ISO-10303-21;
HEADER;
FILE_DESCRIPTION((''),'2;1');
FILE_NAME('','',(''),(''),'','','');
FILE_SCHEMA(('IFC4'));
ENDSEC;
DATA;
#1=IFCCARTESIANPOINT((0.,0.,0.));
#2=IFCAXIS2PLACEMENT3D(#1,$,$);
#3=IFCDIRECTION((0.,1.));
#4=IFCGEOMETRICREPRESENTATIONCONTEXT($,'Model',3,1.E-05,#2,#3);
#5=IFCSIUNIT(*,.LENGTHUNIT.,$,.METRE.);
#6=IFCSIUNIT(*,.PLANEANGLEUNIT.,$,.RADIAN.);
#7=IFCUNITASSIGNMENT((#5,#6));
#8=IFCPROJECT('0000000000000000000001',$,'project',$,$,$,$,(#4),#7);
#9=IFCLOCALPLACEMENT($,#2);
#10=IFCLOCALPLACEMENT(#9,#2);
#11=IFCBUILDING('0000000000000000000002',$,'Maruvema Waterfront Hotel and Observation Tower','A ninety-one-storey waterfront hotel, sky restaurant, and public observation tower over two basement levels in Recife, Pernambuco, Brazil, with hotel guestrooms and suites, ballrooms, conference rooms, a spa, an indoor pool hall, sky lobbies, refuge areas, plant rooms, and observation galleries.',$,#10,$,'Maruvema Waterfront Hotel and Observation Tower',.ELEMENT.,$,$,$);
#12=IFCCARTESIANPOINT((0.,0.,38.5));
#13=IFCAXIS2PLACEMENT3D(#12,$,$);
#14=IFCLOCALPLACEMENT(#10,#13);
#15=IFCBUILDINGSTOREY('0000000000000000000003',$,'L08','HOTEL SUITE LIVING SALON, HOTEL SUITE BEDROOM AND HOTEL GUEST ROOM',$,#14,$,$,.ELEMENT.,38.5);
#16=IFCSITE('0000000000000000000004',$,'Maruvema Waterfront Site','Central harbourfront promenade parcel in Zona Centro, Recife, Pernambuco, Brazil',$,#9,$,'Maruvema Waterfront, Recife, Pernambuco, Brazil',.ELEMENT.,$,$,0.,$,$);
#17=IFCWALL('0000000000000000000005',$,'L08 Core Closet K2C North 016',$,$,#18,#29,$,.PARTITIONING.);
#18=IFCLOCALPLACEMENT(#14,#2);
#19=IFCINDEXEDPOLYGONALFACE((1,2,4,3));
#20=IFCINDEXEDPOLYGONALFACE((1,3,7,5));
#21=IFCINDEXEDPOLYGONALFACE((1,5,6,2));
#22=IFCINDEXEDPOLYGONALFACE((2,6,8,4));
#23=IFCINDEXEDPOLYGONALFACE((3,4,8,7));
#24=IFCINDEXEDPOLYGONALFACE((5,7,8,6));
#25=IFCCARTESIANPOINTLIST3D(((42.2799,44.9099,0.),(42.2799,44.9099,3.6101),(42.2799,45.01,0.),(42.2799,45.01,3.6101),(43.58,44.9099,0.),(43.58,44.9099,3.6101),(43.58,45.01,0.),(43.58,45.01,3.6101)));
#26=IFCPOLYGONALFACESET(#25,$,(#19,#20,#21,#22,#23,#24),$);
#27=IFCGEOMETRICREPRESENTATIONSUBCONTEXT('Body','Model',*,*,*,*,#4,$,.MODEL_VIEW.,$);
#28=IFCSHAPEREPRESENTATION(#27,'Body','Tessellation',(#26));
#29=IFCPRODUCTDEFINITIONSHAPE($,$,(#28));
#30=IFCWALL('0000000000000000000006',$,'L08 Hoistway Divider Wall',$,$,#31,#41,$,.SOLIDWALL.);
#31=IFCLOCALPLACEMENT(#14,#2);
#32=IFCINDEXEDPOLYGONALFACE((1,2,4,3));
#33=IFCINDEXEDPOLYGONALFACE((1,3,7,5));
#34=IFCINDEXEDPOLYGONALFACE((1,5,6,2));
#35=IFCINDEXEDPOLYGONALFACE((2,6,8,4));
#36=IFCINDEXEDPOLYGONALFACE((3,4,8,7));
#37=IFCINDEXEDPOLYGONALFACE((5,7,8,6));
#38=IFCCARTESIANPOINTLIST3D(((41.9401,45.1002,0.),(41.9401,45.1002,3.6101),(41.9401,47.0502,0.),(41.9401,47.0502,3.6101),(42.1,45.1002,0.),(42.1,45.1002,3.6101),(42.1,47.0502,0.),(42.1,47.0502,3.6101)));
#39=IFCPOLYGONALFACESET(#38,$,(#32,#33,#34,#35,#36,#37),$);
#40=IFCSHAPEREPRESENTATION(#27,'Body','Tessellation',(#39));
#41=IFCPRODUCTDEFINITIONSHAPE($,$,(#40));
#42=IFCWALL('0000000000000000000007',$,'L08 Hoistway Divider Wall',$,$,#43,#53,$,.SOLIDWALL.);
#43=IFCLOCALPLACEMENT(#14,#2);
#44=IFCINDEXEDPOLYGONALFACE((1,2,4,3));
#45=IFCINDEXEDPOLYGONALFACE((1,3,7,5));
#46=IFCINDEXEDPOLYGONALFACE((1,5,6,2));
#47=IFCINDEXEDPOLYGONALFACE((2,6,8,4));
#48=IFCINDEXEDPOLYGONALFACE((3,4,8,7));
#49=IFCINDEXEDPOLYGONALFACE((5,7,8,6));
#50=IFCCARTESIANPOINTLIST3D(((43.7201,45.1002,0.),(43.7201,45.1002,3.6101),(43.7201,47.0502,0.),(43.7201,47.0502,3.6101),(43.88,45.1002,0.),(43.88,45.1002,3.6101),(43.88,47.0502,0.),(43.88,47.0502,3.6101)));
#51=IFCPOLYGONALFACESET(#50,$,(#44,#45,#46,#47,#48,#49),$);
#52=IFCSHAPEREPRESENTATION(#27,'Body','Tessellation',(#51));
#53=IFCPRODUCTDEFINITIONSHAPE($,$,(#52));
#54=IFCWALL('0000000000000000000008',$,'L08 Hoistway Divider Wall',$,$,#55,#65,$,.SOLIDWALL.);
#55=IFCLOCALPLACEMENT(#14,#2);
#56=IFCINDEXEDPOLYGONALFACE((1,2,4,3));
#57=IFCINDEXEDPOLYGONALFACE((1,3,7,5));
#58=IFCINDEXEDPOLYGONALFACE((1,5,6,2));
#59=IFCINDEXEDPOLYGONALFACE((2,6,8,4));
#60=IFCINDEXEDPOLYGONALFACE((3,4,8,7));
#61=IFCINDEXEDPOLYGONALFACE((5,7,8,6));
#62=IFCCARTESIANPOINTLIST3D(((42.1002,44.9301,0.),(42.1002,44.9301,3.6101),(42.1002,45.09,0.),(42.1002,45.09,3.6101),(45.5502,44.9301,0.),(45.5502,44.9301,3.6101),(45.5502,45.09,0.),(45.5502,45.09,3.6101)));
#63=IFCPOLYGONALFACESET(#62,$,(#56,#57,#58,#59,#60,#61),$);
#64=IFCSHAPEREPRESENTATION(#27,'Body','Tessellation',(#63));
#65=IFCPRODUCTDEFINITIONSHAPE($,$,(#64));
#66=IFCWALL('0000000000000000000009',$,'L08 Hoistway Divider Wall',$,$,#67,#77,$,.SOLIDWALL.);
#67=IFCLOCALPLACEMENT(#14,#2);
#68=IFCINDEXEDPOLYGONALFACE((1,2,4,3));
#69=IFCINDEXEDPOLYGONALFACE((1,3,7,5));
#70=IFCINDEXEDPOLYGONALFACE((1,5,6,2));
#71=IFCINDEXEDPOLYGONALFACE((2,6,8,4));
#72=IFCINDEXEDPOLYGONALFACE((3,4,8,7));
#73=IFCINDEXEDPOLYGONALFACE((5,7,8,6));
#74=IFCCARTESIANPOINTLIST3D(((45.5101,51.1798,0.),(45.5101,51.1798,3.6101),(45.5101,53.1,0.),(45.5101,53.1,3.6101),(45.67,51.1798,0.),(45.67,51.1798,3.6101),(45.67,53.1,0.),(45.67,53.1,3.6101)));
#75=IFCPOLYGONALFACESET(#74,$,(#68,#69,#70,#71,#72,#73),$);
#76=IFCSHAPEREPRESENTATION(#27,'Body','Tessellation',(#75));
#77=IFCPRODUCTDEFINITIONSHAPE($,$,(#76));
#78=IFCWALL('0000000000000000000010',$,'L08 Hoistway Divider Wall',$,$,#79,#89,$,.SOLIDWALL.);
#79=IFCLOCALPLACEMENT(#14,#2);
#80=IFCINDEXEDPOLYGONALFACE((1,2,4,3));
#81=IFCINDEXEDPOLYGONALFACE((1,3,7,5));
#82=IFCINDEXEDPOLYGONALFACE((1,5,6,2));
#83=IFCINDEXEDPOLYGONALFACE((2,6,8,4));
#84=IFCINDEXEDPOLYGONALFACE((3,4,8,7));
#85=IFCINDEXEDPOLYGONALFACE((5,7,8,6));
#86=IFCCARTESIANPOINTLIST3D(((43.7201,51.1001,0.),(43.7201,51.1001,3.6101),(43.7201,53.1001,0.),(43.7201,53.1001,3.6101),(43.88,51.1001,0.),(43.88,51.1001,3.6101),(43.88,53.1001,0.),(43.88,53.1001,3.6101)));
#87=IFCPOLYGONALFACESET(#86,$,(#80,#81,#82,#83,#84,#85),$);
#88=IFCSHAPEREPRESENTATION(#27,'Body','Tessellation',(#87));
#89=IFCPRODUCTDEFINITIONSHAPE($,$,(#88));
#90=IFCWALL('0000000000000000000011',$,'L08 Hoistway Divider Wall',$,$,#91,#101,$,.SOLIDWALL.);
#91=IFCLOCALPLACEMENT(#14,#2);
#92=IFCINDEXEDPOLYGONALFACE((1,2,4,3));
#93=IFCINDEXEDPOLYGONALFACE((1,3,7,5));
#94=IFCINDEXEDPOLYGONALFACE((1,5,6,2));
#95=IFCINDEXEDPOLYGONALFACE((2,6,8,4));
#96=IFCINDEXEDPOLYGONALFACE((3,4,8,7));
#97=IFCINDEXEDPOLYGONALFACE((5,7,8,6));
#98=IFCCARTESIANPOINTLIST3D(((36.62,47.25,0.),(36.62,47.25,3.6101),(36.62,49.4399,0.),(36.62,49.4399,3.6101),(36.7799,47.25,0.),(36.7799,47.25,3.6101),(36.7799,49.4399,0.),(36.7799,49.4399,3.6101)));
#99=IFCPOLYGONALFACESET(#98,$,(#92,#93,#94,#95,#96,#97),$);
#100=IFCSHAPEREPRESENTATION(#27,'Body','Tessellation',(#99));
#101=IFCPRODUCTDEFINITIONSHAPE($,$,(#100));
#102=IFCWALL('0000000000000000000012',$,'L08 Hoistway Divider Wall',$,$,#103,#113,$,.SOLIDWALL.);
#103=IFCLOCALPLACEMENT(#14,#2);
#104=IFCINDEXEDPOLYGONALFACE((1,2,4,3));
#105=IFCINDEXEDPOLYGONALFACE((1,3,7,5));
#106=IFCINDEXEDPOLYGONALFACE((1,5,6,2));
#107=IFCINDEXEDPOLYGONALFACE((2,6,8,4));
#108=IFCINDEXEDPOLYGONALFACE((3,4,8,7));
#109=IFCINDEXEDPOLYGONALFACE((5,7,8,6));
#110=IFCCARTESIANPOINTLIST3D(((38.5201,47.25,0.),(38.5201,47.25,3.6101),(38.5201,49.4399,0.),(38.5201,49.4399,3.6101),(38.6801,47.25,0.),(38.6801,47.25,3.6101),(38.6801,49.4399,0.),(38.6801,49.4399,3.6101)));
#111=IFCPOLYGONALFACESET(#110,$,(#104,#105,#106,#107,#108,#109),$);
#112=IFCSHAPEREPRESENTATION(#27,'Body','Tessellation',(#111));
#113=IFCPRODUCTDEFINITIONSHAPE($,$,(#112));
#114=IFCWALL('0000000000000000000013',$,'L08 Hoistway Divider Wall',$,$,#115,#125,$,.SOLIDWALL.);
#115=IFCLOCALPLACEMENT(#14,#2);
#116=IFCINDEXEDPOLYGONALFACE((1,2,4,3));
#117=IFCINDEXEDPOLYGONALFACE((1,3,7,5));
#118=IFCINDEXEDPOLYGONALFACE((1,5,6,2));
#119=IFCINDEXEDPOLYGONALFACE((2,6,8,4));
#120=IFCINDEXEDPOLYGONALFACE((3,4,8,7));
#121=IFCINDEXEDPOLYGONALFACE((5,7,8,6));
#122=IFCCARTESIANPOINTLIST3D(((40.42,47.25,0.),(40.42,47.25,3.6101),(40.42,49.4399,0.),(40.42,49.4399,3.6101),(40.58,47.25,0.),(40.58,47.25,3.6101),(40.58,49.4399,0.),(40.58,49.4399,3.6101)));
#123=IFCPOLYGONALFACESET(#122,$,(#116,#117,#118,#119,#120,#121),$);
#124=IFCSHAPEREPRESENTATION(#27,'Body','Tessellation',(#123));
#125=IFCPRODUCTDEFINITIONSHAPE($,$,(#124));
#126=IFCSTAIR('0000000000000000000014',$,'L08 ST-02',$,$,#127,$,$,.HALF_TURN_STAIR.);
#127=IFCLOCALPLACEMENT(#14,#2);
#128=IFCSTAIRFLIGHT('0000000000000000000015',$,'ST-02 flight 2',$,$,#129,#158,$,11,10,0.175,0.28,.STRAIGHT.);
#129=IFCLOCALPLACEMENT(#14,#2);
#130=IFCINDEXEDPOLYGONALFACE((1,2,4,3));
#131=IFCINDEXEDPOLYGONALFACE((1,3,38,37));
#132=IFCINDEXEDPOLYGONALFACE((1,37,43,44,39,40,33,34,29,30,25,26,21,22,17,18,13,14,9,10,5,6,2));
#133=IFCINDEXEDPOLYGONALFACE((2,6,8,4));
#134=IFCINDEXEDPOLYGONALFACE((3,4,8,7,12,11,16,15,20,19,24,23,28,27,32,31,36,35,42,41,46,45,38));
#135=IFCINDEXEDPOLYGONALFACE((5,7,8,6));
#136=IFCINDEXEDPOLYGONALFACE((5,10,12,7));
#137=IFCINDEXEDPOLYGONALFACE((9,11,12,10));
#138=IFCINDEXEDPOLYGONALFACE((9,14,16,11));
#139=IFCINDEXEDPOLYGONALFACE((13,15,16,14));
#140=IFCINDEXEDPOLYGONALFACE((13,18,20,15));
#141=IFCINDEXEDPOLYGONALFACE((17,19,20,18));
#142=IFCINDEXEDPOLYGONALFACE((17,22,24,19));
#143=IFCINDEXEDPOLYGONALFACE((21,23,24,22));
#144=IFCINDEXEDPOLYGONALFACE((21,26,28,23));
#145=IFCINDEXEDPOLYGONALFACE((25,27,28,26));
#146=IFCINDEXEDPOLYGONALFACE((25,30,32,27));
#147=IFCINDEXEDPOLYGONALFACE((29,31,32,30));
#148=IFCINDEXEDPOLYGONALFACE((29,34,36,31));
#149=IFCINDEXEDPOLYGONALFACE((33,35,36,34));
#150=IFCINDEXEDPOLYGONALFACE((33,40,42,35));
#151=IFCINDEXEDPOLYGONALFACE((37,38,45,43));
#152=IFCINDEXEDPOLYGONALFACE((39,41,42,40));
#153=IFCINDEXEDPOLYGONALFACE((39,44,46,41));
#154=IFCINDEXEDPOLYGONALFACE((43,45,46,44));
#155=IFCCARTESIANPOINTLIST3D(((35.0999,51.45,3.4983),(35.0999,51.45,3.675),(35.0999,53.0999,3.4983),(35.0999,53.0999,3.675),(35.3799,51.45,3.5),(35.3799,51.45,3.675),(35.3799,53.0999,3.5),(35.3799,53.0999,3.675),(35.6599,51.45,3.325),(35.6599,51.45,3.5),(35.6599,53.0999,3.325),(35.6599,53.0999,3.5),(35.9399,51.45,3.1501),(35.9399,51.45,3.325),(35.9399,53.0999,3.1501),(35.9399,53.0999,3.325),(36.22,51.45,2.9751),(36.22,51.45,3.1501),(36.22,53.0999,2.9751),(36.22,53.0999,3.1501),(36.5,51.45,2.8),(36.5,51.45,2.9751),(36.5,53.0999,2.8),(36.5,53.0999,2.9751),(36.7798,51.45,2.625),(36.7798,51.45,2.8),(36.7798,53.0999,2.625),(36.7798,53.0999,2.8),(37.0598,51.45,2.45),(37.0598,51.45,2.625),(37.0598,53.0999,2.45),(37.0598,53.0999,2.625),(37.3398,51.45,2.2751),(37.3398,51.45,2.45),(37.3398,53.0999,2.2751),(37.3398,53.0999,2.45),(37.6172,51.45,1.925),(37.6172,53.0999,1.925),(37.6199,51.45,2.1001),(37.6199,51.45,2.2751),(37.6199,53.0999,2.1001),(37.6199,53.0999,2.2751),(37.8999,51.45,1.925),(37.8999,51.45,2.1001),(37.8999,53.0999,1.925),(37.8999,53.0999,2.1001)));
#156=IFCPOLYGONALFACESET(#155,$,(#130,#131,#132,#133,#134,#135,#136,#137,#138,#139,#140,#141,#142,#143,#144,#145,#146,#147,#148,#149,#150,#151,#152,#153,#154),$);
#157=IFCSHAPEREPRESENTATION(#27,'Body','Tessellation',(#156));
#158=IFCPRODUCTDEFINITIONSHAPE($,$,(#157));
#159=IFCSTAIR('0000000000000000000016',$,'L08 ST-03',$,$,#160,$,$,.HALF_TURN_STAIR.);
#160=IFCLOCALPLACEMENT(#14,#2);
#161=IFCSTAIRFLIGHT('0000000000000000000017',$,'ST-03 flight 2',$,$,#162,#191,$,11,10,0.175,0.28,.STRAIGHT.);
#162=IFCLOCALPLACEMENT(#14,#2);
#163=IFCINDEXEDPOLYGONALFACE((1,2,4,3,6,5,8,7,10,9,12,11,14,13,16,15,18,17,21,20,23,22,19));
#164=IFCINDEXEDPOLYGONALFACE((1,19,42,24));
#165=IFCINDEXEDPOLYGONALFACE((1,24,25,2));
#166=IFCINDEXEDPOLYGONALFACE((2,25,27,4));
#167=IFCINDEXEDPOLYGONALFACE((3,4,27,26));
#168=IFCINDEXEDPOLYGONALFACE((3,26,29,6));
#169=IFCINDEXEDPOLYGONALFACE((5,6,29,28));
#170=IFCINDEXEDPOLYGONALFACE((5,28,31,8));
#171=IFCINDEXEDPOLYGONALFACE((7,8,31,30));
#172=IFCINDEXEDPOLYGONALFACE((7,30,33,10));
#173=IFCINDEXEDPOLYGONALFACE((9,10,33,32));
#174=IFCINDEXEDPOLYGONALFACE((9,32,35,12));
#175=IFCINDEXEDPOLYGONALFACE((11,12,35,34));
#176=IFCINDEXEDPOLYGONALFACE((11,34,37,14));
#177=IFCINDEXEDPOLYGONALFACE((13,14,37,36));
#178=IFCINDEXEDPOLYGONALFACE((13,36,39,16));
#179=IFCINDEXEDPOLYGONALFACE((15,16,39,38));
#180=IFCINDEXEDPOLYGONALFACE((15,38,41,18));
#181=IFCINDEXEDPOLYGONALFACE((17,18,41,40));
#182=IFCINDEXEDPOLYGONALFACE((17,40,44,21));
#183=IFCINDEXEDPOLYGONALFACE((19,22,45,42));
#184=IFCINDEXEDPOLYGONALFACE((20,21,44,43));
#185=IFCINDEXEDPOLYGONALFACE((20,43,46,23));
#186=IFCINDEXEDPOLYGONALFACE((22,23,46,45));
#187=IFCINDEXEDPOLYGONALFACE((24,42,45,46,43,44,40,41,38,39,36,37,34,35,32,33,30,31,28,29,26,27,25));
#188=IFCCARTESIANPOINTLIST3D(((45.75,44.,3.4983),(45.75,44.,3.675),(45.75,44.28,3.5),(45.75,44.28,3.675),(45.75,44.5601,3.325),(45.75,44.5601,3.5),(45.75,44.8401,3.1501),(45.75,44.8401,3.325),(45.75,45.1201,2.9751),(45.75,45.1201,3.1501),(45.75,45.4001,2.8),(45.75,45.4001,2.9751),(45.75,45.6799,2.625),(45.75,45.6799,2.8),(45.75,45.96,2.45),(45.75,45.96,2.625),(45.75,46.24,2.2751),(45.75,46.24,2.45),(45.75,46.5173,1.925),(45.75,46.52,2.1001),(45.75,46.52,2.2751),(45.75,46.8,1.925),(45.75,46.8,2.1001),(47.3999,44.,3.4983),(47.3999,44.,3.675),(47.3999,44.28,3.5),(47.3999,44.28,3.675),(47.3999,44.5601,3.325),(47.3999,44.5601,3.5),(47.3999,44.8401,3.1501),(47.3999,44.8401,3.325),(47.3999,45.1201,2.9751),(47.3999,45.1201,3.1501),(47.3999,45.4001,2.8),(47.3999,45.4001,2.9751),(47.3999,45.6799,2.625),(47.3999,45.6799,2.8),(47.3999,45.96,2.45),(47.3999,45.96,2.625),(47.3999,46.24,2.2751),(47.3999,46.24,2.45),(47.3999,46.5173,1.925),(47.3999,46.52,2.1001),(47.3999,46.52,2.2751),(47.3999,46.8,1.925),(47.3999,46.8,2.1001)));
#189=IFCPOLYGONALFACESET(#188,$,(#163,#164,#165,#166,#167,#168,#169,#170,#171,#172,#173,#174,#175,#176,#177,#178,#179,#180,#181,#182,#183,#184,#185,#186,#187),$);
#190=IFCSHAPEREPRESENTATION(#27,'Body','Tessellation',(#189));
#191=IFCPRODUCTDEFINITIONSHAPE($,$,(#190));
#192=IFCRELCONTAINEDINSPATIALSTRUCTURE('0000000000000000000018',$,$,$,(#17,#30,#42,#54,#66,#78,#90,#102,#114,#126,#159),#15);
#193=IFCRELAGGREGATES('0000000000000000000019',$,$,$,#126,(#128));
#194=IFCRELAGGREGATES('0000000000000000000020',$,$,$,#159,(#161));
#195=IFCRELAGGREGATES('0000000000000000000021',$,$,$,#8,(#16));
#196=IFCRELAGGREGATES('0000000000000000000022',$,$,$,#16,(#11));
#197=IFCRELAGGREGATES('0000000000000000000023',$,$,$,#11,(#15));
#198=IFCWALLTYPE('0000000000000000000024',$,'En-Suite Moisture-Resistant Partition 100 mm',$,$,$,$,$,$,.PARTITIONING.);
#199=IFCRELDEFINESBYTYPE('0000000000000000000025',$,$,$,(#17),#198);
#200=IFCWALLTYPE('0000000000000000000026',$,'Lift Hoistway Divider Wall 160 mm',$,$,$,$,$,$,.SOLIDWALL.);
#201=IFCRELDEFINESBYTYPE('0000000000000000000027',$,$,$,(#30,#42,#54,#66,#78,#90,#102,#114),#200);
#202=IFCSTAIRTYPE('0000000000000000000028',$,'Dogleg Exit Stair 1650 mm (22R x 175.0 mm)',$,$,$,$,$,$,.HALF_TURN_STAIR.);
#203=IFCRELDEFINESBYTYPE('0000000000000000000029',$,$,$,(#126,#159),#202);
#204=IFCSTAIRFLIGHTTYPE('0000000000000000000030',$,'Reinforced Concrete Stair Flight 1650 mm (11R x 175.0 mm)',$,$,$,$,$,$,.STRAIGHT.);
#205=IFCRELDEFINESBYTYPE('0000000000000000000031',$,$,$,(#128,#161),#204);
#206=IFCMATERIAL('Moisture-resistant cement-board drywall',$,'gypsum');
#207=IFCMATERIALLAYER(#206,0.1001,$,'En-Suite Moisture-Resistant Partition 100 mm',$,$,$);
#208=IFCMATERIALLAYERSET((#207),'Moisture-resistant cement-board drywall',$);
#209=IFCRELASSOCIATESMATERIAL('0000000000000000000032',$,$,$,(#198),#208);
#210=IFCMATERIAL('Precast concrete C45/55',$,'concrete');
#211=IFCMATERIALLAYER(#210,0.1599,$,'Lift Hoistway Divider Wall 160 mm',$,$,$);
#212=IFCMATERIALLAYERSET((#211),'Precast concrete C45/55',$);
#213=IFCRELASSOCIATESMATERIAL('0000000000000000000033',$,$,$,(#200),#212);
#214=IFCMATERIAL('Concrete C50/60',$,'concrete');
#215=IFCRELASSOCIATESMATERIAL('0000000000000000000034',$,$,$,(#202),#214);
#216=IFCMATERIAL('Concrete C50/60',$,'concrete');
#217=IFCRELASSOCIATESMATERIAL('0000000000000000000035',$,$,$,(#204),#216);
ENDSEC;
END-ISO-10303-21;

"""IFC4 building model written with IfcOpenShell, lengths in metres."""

from ifc_helpers import new_model, si_unit, direction, frame, frame_2d, origin, place, context, subcontext, project, spatial, polyline, rectangle, outline, extrude, material, layer, layer_set, type_object, element, aggregate, save


model = new_model("IFC4")

# Units and contexts
model_context = context("Model", 3, precision=1e-05, world=origin(), true_north=direction((0.0, 1.0)))
body_context = subcontext(model_context, "Body", "Model", "MODEL_VIEW")
ifc_project = project(units=[si_unit("LENGTHUNIT", "METRE"), si_unit("PLANEANGLEUNIT", "RADIAN")], contexts=[model_context])

# Site, building, storey
site_placement = place(None, origin())
site = spatial("IfcSite", under=ifc_project, at=site_placement, Name="Maruvema Waterfront Site", Description="Central harbourfront promenade parcel in Zona Centro, Recife, Pernambuco, Brazil", LongName="Maruvema Waterfront, Recife, Pernambuco, Brazil", CompositionType="ELEMENT", RefElevation=0.0)
building_placement = place(site_placement, origin())
building = spatial("IfcBuilding", under=site, at=building_placement, Name="Maruvema Waterfront Hotel and Observation Tower", Description="A ninety-one-storey waterfront hotel, sky restaurant, and public observation tower over two basement levels in Recife, Pernambuco, Brazil, with hotel guestrooms and suites, ballrooms, conference rooms, a spa, an indoor pool hall, sky lobbies, refuge areas, plant rooms, and observation galleries.", LongName="Maruvema Waterfront Hotel and Observation Tower", CompositionType="ELEMENT")
storey_placement = place(building_placement, frame((0.0, 0.0, 38.5)))
storey = spatial("IfcBuildingStorey", under=building, at=storey_placement, Name="L08", Description="HOTEL SUITE LIVING SALON, HOTEL SUITE BEDROOM AND HOTEL GUEST ROOM", CompositionType="ELEMENT", Elevation=38.5)

# Shared definitions
ifc_material_1 = material(Name="Moisture-resistant cement-board drywall", Category="gypsum")
ifc_layer_1 = layer(ifc_material_1, 0.1001, Name="En-Suite Moisture-Resistant Partition 100 mm")
ifc_layer_set_1 = layer_set([ifc_layer_1], Name="Moisture-resistant cement-board drywall")
wall_type_1 = type_object("IfcWallType", Name="En-Suite Moisture-Resistant Partition 100 mm", PredefinedType="PARTITIONING", material=ifc_layer_set_1)

# Walls
wall_1_placement = place(storey_placement, frame((42.28, 44.96, 0.0), z_axis=(0.0, 0.0, 1.0), x_axis=(1.0, 0.0, 0.0)))
element("IfcWall", 1, at=wall_1_placement, inside=storey, type_object=wall_type_1, Name="L08 Core Closet K2C North 016", PredefinedType="PARTITIONING", context=body_context, shape_type="SweptSolid", body=[
    extrude(rectangle(XDim=1.3, YDim=0.1001, at=frame_2d((0.6499, 0.0))), origin(), (0.0, 0.0, 1.0), 3.6101),
])
ifc_material_2 = material(Name="Precast concrete C45/55", Category="concrete")
ifc_layer_2 = layer(ifc_material_2, 0.1599, Name="Lift Hoistway Divider Wall 160 mm")
ifc_layer_set_2 = layer_set([ifc_layer_2], Name="Precast concrete C45/55")
wall_type_2 = type_object("IfcWallType", Name="Lift Hoistway Divider Wall 160 mm", PredefinedType="SOLIDWALL", material=ifc_layer_set_2)
for number, where, z_axis, x_axis, name in (
    (2, (42.02, 45.1001, 0.0), (0.0, 0.0, 1.0), (0.0, 1.0, 0.0), "L08 Hoistway Divider Wall"),
    (3, (43.8, 45.1001, 0.0), (0.0, 0.0, 1.0), (0.0, 1.0, 0.0), "L08 Hoistway Divider Wall"),
):
    element("IfcWall", number, at=place(storey_placement, frame(where, z_axis=z_axis, x_axis=x_axis)), inside=storey, type_object=wall_type_2, Name=name, PredefinedType="SOLIDWALL", context=body_context, shape_type="SweptSolid", body=[
        extrude(rectangle(XDim=1.95, YDim=0.1599, at=frame_2d((0.9751, 0.0))), origin(), (0.0, 0.0, 1.0), 3.6101),
    ])
wall_2_placement = place(storey_placement, frame((42.1001, 45.01, 0.0), z_axis=(0.0, 0.0, 1.0), x_axis=(1.0, 0.0, 0.0)))
element("IfcWall", 4, at=wall_2_placement, inside=storey, type_object=wall_type_2, Name="L08 Hoistway Divider Wall", PredefinedType="SOLIDWALL", context=body_context, shape_type="SweptSolid", body=[
    extrude(rectangle(XDim=3.45, YDim=0.1599, at=frame_2d((1.7251, 0.0))), origin(), (0.0, 0.0, 1.0), 3.6101),
])
wall_3_placement = place(storey_placement, frame((45.5901, 51.1799, 0.0), z_axis=(0.0, 0.0, 1.0), x_axis=(0.0, 1.0, 0.0)))
element("IfcWall", 5, at=wall_3_placement, inside=storey, type_object=wall_type_2, Name="L08 Hoistway Divider Wall", PredefinedType="SOLIDWALL", context=body_context, shape_type="SweptSolid", body=[
    extrude(rectangle(XDim=1.9202, YDim=0.1599, at=frame_2d((0.96, 0.0))), origin(), (0.0, 0.0, 1.0), 3.6101),
])
wall_4_placement = place(storey_placement, frame((43.8, 51.1001, 0.0), z_axis=(0.0, 0.0, 1.0), x_axis=(0.0, 1.0, 0.0)))
element("IfcWall", 6, at=wall_4_placement, inside=storey, type_object=wall_type_2, Name="L08 Hoistway Divider Wall", PredefinedType="SOLIDWALL", context=body_context, shape_type="SweptSolid", body=[
    extrude(rectangle(XDim=2.0, YDim=0.1599, at=frame_2d((1.0, 0.0))), origin(), (0.0, 0.0, 1.0), 3.6101),
])
for number, where, z_axis, x_axis, name in (
    (7, (36.7, 47.25, 0.0), (0.0, 0.0, 1.0), (0.0, 1.0, 0.0), "L08 Hoistway Divider Wall"),
    (8, (38.6001, 47.25, 0.0), (0.0, 0.0, 1.0), (0.0, 1.0, 0.0), "L08 Hoistway Divider Wall"),
    (9, (40.5, 47.25, 0.0), (0.0, 0.0, 1.0), (0.0, 1.0, 0.0), "L08 Hoistway Divider Wall"),
):
    element("IfcWall", number, at=place(storey_placement, frame(where, z_axis=z_axis, x_axis=x_axis)), inside=storey, type_object=wall_type_2, Name=name, PredefinedType="SOLIDWALL", context=body_context, shape_type="SweptSolid", body=[
        extrude(rectangle(XDim=2.1899, YDim=0.1599, at=frame_2d((1.095, 0.0))), origin(), (0.0, 0.0, 1.0), 3.6101),
    ])

# Stairs, stair flights
ifc_material_3 = material(Name="Concrete C50/60", Category="concrete")
stair_type = type_object("IfcStairType", Name="Dogleg Exit Stair 1650 mm (22R x 175.0 mm)", PredefinedType="HALF_TURN_STAIR", material=ifc_material_3)
stair_1_placement = place(storey_placement, origin())
stair_1 = element("IfcStair", 10, at=stair_1_placement, inside=storey, type_object=stair_type, Name="L08 ST-02", PredefinedType="HALF_TURN_STAIR")
ifc_material_4 = material(Name="Concrete C50/60", Category="concrete")
stair_flight_type = type_object("IfcStairFlightType", Name="Reinforced Concrete Stair Flight 1650 mm (11R x 175.0 mm)", PredefinedType="STRAIGHT", material=ifc_material_4)
stair_flight_1_placement = place(storey_placement, frame((37.8999, 52.2749, 1.925), z_axis=(0.0, 0.0, 1.0), x_axis=(-1.0, 0.0, 0.0)))
stair_flight_1 = element("IfcStairFlight", 11, at=stair_flight_1_placement, type_object=stair_flight_type, Name="ST-02 flight 2", NumberOfRisers=11, NumberOfTreads=10, PredefinedType="STRAIGHT", RiserHeight=0.175, TreadLength=0.28, context=body_context, shape_type="SweptSolid", body=[
    extrude(outline(polyline([(0.0, 0.0), (0.0, 0.175), (0.28, 0.175), (0.28, 0.3501), (0.5601, 0.3501), (0.5601, 0.5249), (0.8401, 0.5249), (0.8401, 0.7), (1.1201, 0.7), (1.1201, 0.875), (1.3999, 0.875), (1.3999, 1.05), (1.6799, 1.05), (1.6799, 1.2251), (1.96, 1.2251), (1.96, 1.3999), (2.24, 1.3999), (2.24, 1.575), (2.52, 1.575), (2.52, 1.75), (2.8, 1.75), (2.8, 1.925), (2.8, 1.5732), (0.2827, 0.0), (0.0, 0.0)])), frame((0.0, 0.825, 0.0), z_axis=(0.0, -1.0, 0.0), x_axis=(1.0, 0.0, 0.0)), (0.0, 0.0, 1.0), 1.6499),
])
aggregate(stair_1, [stair_flight_1])
stair_2_placement = place(storey_placement, origin())
stair_2 = element("IfcStair", 12, at=stair_2_placement, inside=storey, type_object=stair_type, Name="L08 ST-03", PredefinedType="HALF_TURN_STAIR")
stair_flight_2_placement = place(storey_placement, frame((46.575, 46.8, 1.925), z_axis=(0.0, 0.0, 1.0), x_axis=(0.0, -1.0, 0.0)))
stair_flight_2 = element("IfcStairFlight", 13, at=stair_flight_2_placement, type_object=stair_flight_type, Name="ST-03 flight 2", NumberOfRisers=11, NumberOfTreads=10, PredefinedType="STRAIGHT", RiserHeight=0.175, TreadLength=0.28, context=body_context, shape_type="SweptSolid", body=[
    extrude(outline(polyline([(0.0, 0.0), (0.0, 0.175), (0.28, 0.175), (0.28, 0.3501), (0.5601, 0.3501), (0.5601, 0.5249), (0.8401, 0.5249), (0.8401, 0.7), (1.1201, 0.7), (1.1201, 0.875), (1.3999, 0.875), (1.3999, 1.05), (1.6799, 1.05), (1.6799, 1.2251), (1.96, 1.2251), (1.96, 1.3999), (2.24, 1.3999), (2.24, 1.575), (2.52, 1.575), (2.52, 1.75), (2.8, 1.75), (2.8, 1.925), (2.8, 1.5732), (0.2827, 0.0), (0.0, 0.0)])), frame((0.0, 0.825, 0.0), z_axis=(0.0, -1.0, 0.0), x_axis=(1.0, 0.0, 0.0)), (0.0, 0.0, 1.0), 1.6499),
])
aggregate(stair_2, [stair_flight_2])

save(model, "model.ifc")
